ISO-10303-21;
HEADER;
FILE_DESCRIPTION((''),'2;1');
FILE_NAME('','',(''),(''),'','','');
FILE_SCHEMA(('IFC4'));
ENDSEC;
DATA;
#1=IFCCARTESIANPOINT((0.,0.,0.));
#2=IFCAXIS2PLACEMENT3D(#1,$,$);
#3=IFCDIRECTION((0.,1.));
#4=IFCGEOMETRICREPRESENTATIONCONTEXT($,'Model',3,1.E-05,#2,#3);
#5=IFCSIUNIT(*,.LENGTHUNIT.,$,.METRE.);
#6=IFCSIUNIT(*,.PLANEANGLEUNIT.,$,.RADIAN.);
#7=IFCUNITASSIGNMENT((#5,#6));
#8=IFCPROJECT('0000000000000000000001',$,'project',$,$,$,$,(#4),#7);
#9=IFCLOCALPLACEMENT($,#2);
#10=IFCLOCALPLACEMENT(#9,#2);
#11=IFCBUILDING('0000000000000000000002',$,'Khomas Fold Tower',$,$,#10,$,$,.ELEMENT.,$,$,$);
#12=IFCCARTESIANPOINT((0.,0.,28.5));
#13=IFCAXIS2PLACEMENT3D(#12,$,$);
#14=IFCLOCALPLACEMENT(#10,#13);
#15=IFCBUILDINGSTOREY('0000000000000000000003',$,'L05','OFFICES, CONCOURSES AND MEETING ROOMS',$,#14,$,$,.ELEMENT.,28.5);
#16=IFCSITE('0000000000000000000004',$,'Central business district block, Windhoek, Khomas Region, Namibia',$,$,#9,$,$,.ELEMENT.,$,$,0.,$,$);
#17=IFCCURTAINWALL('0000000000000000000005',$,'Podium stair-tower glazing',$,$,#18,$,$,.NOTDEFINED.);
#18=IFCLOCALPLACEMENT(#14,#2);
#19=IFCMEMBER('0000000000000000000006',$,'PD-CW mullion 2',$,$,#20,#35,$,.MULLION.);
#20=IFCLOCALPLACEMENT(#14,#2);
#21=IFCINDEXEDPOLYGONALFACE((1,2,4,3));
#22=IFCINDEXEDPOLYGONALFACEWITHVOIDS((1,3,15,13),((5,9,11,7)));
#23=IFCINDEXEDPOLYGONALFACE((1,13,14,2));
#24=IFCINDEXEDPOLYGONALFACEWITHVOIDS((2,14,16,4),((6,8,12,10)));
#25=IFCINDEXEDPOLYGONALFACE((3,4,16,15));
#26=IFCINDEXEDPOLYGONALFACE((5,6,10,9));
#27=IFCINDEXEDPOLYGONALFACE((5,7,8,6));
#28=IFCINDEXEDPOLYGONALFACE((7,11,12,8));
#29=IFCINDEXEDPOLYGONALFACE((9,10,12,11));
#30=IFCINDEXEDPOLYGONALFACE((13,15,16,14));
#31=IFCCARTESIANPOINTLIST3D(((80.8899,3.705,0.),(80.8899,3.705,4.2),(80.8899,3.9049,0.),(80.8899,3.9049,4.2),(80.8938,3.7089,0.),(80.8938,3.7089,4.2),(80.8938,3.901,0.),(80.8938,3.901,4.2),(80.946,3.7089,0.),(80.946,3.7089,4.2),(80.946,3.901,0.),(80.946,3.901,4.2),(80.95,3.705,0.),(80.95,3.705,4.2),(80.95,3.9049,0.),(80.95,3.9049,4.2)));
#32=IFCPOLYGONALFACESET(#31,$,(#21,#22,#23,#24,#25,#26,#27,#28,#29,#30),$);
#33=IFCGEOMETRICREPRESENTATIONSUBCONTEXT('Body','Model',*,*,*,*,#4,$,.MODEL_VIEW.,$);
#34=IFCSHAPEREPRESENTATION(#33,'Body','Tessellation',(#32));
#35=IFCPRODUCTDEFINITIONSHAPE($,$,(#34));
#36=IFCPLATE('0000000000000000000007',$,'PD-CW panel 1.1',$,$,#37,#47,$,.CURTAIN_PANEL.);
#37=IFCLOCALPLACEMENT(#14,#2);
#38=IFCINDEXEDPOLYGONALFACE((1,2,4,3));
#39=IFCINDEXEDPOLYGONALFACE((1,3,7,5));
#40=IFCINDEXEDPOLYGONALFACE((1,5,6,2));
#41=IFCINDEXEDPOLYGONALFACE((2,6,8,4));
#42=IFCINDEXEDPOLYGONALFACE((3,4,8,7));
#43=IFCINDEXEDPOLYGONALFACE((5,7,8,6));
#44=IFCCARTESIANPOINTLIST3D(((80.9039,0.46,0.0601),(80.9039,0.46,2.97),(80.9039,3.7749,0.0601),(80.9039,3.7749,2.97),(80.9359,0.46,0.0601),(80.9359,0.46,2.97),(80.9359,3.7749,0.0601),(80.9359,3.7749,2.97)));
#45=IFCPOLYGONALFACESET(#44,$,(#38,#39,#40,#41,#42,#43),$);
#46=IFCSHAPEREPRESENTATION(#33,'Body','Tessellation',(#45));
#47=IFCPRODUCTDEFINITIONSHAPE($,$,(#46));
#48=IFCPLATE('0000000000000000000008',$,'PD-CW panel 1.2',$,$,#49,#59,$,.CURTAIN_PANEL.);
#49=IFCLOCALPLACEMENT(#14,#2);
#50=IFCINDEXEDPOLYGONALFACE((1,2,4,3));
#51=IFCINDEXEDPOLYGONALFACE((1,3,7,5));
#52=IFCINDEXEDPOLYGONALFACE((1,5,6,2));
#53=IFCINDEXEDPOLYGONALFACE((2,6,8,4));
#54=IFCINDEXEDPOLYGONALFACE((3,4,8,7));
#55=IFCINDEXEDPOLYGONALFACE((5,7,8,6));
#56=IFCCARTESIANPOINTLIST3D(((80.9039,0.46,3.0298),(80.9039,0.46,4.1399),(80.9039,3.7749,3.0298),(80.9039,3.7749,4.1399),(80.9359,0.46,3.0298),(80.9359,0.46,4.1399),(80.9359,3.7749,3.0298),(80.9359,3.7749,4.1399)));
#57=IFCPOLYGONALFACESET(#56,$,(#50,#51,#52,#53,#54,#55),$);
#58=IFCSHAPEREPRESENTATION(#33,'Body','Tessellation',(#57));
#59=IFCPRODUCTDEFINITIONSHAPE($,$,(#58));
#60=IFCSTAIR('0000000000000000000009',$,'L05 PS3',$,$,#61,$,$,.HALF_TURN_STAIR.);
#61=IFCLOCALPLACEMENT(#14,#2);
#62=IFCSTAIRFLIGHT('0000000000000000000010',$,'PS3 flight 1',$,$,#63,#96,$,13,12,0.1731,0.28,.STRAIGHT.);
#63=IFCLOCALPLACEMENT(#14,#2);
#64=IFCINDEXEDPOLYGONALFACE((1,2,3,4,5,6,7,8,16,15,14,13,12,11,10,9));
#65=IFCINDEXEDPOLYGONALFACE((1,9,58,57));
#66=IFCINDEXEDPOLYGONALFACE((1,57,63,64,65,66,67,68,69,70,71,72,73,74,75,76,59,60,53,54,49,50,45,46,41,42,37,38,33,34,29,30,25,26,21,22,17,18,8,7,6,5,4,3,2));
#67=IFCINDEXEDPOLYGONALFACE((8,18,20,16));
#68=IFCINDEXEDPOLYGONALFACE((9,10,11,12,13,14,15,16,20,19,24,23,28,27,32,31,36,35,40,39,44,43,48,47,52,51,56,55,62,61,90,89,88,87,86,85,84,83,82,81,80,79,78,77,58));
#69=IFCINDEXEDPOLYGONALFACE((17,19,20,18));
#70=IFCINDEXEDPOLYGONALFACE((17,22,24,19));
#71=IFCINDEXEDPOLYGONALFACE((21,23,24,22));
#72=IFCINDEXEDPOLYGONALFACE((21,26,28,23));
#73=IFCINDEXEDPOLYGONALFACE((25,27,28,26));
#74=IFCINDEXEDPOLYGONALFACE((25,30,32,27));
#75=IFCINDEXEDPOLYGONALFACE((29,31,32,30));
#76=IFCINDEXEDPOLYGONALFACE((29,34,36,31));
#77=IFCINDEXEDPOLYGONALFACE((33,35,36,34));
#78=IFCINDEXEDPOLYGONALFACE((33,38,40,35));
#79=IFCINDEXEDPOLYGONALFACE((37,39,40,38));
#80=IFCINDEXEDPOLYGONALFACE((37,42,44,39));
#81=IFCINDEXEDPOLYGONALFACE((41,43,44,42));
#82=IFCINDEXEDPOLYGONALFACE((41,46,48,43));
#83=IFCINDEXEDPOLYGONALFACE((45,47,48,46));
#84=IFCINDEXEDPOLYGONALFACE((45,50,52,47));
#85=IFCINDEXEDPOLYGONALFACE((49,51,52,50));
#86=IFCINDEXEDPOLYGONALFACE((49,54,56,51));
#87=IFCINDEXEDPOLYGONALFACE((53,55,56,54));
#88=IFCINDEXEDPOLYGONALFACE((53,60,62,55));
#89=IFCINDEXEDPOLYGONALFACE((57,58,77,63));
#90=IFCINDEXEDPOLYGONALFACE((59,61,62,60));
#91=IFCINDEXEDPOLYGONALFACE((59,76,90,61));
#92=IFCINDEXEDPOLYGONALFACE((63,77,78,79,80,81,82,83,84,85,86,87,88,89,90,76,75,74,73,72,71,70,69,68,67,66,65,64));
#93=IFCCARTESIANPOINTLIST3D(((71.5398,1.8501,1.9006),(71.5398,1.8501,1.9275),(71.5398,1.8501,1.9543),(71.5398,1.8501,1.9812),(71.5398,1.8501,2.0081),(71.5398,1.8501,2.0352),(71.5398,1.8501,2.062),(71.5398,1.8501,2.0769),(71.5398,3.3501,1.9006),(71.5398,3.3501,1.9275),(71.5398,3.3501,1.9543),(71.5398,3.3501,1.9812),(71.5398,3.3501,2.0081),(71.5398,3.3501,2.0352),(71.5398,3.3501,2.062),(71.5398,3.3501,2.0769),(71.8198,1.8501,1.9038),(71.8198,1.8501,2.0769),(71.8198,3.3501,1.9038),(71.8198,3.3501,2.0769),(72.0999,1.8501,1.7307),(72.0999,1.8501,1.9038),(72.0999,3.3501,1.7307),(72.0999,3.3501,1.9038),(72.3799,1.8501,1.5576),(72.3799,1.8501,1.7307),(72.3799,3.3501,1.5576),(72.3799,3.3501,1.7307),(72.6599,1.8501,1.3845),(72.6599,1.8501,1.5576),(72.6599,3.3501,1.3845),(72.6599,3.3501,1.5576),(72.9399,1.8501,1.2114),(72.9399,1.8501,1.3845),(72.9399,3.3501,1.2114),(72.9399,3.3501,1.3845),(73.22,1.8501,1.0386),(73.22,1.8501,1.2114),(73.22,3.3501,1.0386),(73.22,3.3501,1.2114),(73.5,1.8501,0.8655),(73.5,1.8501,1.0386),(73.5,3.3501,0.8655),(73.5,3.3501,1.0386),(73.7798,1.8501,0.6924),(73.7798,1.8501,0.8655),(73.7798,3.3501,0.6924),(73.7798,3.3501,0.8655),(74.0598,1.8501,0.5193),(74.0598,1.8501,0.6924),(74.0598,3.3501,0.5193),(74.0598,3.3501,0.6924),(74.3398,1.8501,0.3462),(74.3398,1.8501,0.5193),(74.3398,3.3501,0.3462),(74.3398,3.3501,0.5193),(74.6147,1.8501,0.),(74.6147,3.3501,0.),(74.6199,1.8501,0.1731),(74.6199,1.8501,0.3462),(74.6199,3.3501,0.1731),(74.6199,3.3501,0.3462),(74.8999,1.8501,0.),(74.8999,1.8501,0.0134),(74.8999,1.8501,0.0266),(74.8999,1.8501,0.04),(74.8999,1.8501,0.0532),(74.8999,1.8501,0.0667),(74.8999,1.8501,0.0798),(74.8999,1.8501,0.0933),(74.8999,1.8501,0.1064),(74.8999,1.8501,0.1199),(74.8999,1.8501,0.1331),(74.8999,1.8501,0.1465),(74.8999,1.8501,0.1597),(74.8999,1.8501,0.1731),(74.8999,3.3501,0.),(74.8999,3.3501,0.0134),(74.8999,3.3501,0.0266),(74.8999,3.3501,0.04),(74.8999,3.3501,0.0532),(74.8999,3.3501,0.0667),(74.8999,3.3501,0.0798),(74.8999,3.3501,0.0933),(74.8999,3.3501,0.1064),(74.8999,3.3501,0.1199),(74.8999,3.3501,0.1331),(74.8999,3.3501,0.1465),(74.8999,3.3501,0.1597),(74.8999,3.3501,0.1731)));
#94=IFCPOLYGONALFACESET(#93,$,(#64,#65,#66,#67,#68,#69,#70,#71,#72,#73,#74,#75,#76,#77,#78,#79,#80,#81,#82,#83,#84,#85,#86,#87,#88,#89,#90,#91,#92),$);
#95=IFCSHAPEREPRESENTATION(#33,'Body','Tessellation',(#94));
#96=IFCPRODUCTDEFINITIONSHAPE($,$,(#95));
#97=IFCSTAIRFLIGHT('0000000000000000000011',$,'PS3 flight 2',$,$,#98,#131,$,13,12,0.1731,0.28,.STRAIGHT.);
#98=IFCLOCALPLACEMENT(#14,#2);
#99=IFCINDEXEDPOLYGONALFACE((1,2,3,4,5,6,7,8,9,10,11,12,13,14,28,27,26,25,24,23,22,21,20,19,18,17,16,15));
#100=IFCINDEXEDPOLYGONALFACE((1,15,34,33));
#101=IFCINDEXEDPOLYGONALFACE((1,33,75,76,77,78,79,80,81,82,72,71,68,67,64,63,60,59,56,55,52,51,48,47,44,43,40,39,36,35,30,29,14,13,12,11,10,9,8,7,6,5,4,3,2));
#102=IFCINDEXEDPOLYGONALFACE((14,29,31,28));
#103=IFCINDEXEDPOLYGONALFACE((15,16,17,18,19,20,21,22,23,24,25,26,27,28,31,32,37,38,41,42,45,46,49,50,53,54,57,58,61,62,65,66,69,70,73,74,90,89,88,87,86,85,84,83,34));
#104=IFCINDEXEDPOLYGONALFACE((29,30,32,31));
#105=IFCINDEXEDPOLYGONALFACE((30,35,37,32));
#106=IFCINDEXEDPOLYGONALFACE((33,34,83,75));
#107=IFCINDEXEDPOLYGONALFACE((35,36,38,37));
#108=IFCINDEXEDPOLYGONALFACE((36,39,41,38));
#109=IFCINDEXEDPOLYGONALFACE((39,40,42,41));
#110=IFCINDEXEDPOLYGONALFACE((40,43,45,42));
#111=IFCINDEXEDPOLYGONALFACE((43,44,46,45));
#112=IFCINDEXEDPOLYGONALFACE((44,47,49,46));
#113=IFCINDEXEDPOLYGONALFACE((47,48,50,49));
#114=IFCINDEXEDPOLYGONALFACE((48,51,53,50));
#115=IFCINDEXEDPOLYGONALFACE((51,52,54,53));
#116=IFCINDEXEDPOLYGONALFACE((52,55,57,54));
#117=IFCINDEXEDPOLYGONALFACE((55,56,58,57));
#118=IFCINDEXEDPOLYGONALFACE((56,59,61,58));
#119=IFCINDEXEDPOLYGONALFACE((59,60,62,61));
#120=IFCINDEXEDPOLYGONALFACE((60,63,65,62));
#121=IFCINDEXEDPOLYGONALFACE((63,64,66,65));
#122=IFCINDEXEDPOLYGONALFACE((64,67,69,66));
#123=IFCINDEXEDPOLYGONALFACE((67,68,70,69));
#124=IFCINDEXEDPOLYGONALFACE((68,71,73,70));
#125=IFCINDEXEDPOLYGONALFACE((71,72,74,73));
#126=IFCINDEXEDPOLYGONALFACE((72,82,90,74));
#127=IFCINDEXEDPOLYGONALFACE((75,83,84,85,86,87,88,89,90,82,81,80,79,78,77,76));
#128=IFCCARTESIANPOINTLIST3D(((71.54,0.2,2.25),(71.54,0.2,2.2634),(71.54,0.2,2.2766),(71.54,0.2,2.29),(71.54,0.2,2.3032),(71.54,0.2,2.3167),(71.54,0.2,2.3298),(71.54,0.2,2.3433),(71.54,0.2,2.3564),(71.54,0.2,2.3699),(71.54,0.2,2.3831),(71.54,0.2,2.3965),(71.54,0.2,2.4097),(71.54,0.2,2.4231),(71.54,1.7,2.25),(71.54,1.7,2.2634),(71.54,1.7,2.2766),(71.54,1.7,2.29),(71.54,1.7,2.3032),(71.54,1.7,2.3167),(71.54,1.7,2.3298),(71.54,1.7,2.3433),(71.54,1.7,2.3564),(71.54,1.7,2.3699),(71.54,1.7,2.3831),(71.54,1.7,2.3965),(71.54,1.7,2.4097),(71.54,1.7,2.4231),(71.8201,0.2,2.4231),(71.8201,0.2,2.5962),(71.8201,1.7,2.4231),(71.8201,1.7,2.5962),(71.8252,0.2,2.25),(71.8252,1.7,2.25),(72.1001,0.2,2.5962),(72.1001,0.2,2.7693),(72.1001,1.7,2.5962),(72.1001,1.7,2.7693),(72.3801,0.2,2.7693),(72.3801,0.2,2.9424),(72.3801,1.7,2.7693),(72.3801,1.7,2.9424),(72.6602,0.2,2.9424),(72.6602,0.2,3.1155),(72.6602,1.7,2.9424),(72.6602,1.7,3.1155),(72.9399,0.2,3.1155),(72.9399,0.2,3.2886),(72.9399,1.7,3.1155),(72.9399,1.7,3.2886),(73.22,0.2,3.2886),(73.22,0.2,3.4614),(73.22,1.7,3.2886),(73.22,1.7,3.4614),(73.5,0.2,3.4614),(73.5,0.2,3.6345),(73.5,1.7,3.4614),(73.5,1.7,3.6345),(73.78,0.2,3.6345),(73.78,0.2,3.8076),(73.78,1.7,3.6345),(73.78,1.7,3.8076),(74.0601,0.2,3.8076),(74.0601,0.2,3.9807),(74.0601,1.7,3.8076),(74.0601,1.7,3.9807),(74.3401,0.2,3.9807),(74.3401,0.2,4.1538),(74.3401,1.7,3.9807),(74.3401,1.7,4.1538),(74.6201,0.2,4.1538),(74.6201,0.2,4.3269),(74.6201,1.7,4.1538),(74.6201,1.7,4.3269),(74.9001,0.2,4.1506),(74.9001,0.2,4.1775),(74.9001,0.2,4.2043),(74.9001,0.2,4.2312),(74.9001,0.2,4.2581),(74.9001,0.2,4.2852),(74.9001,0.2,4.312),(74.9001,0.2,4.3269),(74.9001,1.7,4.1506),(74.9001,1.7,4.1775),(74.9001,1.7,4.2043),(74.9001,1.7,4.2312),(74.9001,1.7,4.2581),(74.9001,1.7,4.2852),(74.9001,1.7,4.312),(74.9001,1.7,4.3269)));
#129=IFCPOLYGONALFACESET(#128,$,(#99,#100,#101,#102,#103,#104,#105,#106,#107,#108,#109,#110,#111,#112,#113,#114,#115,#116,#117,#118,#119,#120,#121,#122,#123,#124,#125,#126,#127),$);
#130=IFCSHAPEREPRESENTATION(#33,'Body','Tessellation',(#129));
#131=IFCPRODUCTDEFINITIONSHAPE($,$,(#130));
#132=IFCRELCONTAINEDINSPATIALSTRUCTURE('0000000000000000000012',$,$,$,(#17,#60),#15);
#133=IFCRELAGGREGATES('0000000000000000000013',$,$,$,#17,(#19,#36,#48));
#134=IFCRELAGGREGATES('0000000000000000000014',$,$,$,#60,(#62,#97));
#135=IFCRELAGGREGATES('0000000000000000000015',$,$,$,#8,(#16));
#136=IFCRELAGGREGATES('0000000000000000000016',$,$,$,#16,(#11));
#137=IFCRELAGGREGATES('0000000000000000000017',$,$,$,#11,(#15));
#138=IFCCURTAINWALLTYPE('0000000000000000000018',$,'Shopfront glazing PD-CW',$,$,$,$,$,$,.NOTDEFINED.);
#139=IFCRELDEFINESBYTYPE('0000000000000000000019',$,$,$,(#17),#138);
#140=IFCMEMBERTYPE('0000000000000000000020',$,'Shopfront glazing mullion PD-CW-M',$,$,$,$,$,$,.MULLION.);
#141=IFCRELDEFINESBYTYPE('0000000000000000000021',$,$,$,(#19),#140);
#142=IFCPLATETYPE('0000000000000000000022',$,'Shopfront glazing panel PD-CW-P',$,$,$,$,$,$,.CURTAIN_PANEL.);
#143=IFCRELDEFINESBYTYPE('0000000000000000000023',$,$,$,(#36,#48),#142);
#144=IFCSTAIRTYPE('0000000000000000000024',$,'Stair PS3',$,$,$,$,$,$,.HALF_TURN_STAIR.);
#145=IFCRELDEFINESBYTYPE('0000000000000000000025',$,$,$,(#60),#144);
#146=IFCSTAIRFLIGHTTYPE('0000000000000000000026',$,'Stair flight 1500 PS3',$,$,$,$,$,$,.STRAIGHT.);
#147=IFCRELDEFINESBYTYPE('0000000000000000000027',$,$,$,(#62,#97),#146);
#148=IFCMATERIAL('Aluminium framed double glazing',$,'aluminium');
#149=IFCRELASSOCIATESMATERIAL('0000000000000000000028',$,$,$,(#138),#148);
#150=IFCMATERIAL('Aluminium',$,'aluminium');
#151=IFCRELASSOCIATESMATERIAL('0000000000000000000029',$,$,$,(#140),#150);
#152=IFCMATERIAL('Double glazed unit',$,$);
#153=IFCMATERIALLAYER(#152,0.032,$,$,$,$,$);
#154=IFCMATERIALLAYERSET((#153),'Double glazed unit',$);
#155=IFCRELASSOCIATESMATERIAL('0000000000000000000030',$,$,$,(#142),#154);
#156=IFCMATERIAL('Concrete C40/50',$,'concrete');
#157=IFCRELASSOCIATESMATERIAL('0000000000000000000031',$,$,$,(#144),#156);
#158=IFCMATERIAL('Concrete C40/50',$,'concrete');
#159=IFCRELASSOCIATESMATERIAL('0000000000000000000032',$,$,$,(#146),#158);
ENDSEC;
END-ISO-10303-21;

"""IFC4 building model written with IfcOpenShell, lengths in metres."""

from ifc_helpers import new_model, si_unit, direction, frame, origin, origin_2d, place, context, subcontext, project, spatial, polyline, rectangle, hollow_rectangle, outline, extrude, source, transform, mapped, material, layer, layer_set, material_profile, profile_set, type_object, element, aggregate, save


model = new_model("IFC4")

# Units and contexts
model_context = context("Model", 3, precision=1e-05, world=origin(), true_north=direction((0.0, 1.0)))
body_context = subcontext(model_context, "Body", "Model", "MODEL_VIEW")
ifc_project = project(units=[si_unit("LENGTHUNIT", "METRE"), si_unit("PLANEANGLEUNIT", "RADIAN")], contexts=[model_context])

# Site, building, storey
site_placement = place(None, origin())
site = spatial("IfcSite", under=ifc_project, at=site_placement, Name="Central business district block, Windhoek, Khomas Region, Namibia", CompositionType="ELEMENT", RefElevation=0.0)
building_placement = place(site_placement, origin())
building = spatial("IfcBuilding", under=site, at=building_placement, Name="Khomas Fold Tower", CompositionType="ELEMENT")
storey_placement = place(building_placement, frame((0.0, 0.0, 28.5)))
storey = spatial("IfcBuildingStorey", under=building, at=storey_placement, Name="L05", Description="OFFICES, CONCOURSES AND MEETING ROOMS", CompositionType="ELEMENT", Elevation=28.5)

# Curtain wall, member, plates
ifc_material_1 = material(Name="Aluminium framed double glazing", Category="aluminium")
curtain_wall_type = type_object("IfcCurtainWallType", Name="Shopfront glazing PD-CW", PredefinedType="NOTDEFINED", material=ifc_material_1)
curtain_wall_placement = place(storey_placement, origin())
curtain_wall = element("IfcCurtainWall", 1, at=curtain_wall_placement, inside=storey, type_object=curtain_wall_type, Name="Podium stair-tower glazing", PredefinedType="NOTDEFINED")
ifc_material_2 = material(Name="Aluminium", Category="aluminium")
ifc_material_profile = material_profile(ifc_material_2, hollow_rectangle(XDim=0.0601, YDim=0.2, WallThickness=0.0039, at=origin_2d()), Name="Shopfront glazing mullion PD-CW-M")
ifc_profile_set = profile_set([ifc_material_profile], Name="Aluminium")
member_type = type_object("IfcMemberType", Name="Shopfront glazing mullion PD-CW-M", PredefinedType="MULLION", material=ifc_profile_set)
shared_shape_1 = source(origin(), body_context, "Body", "SweptSolid", [
    extrude(hollow_rectangle(XDim=0.0601, YDim=0.2, WallThickness=0.0039, at=origin_2d()), origin(), (0.0, 0.0, 1.0), 4.2),
])
member_placement = place(storey_placement, frame((80.9199, 3.8049, 0.0), z_axis=(0.0, 0.0, 1.0), x_axis=(-1.0, 0.0, 0.0)))
member = element("IfcMember", 2, at=member_placement, type_object=member_type, Name="PD-CW mullion 2", PredefinedType="MULLION", context=body_context, shape_type="MappedRepresentation", body=[
    mapped(shared_shape_1, transform((0.0, 0.0, 0.0))),
])
ifc_material_3 = material(Name="Double glazed unit")
ifc_layer = layer(ifc_material_3, 0.032)
ifc_layer_set = layer_set([ifc_layer], Name="Double glazed unit")
plate_type = type_object("IfcPlateType", Name="Shopfront glazing panel PD-CW-P", PredefinedType="CURTAIN_PANEL", material=ifc_layer_set)
shared_shape_2 = source(origin(), body_context, "Body", "SweptSolid", [
    extrude(rectangle(XDim=3.3149, YDim=0.032, at=origin_2d()), origin(), (0.0, 0.0, 1.0), 2.9099),
])
plate_1_placement = place(storey_placement, frame((80.9199, 2.1174, 0.0601), z_axis=(0.0, 0.0, 1.0), x_axis=(0.0, 1.0, 0.0)))
plate_1 = element("IfcPlate", 3, at=plate_1_placement, type_object=plate_type, Name="PD-CW panel 1.1", PredefinedType="CURTAIN_PANEL", context=body_context, shape_type="MappedRepresentation", body=[
    mapped(shared_shape_2, transform((0.0, 0.0, 0.0))),
])
shared_shape_3 = source(origin(), body_context, "Body", "SweptSolid", [
    extrude(rectangle(XDim=3.3149, YDim=0.032, at=origin_2d()), origin(), (0.0, 0.0, 1.0), 1.1101),
])
plate_2_placement = place(storey_placement, frame((80.9199, 2.1174, 3.0298), z_axis=(0.0, 0.0, 1.0), x_axis=(0.0, 1.0, 0.0)))
plate_2 = element("IfcPlate", 4, at=plate_2_placement, type_object=plate_type, Name="PD-CW panel 1.2", PredefinedType="CURTAIN_PANEL", context=body_context, shape_type="MappedRepresentation", body=[
    mapped(shared_shape_3, transform((0.0, 0.0, 0.0))),
])
aggregate(curtain_wall, [member, plate_1, plate_2])

# Stair, stair flights
ifc_material_4 = material(Name="Concrete C40/50", Category="concrete")
stair_type_1 = type_object("IfcStairType", Name="Stair PS3", PredefinedType="HALF_TURN_STAIR", material=ifc_material_4)
stair_1_placement = place(storey_placement, origin())
stair_1 = element("IfcStair", 5, at=stair_1_placement, inside=storey, type_object=stair_type_1, Name="L05 PS3", PredefinedType="HALF_TURN_STAIR")
ifc_material_5 = material(Name="Concrete C40/50", Category="concrete")
stair_flight_type_1 = type_object("IfcStairFlightType", Name="Stair flight 1500 PS3", PredefinedType="STRAIGHT", material=ifc_material_5)
shared_shape_4 = source(origin(), body_context, "Body", "SweptSolid", [
    extrude(outline(polyline([(0.0, 0.0), (0.0, 0.0134), (0.0, 0.0266), (0.0, 0.04), (0.0, 0.0532), (0.0, 0.0667), (0.0, 0.0798), (0.0, 0.0933), (0.0, 0.1064), (0.0, 0.1199), (0.0, 0.1331), (0.0, 0.1465), (0.0, 0.1597), (0.0, 0.1731), (0.28, 0.1731), (0.28, 0.3462), (0.5601, 0.3462), (0.5601, 0.5193), (0.8401, 0.5193), (0.8401, 0.6924), (1.1201, 0.6924), (1.1201, 0.8655), (1.3999, 0.8655), (1.3999, 1.0386), (1.6799, 1.0386), (1.6799, 1.2114), (1.96, 1.2114), (1.96, 1.3845), (2.24, 1.3845), (2.24, 1.5576), (2.52, 1.5576), (2.52, 1.7307), (2.8, 1.7307), (2.8, 1.9038), (3.0801, 1.9038), (3.0801, 2.0769), (3.3601, 2.0769), (3.3601, 2.25), (3.3601, 2.2231), (3.3601, 2.1963), (3.3601, 2.1694), (3.3601, 2.1426), (3.3601, 2.1157), (3.3601, 2.0889), (3.3601, 2.062), (3.3601, 2.0352), (3.3601, 2.0081), (3.3601, 1.9812), (3.3601, 1.9543), (3.3601, 1.9275), (3.3601, 1.9006), (0.2852, 0.0), (0.0, 0.0)])), frame((0.0, 0.75, 0.0), z_axis=(0.0, -1.0, 0.0), x_axis=(1.0, 0.0, 0.0)), (0.0, 0.0, 1.0), 1.5),
])
stair_flight_1_placement = place(storey_placement, frame((74.8999, 2.6001, 0.0), z_axis=(0.0, 0.0, 1.0), x_axis=(-1.0, 0.0, 0.0)))
stair_flight_1 = element("IfcStairFlight", 6, at=stair_flight_1_placement, type_object=stair_flight_type_1, Name="PS3 flight 1", NumberOfRisers=13, NumberOfTreads=12, PredefinedType="STRAIGHT", RiserHeight=0.1731, TreadLength=0.28, context=body_context, shape_type="MappedRepresentation", body=[
    mapped(shared_shape_4, transform((0.0, 0.0, 0.0))),
])
stair_flight_2_placement = place(storey_placement, frame((71.54, 0.95, 2.25), z_axis=(0.0, 0.0, 1.0), x_axis=(1.0, 0.0, 0.0)))
stair_flight_2 = element("IfcStairFlight", 7, at=stair_flight_2_placement, type_object=stair_flight_type_1, Name="PS3 flight 2", NumberOfRisers=13, NumberOfTreads=12, PredefinedType="STRAIGHT", RiserHeight=0.1731, TreadLength=0.28, context=body_context, shape_type="MappedRepresentation", body=[
    mapped(shared_shape_4, transform((0.0, 0.0, 0.0))),
])
aggregate(stair_1, [stair_flight_1, stair_flight_2])

save(model, "model.ifc")
